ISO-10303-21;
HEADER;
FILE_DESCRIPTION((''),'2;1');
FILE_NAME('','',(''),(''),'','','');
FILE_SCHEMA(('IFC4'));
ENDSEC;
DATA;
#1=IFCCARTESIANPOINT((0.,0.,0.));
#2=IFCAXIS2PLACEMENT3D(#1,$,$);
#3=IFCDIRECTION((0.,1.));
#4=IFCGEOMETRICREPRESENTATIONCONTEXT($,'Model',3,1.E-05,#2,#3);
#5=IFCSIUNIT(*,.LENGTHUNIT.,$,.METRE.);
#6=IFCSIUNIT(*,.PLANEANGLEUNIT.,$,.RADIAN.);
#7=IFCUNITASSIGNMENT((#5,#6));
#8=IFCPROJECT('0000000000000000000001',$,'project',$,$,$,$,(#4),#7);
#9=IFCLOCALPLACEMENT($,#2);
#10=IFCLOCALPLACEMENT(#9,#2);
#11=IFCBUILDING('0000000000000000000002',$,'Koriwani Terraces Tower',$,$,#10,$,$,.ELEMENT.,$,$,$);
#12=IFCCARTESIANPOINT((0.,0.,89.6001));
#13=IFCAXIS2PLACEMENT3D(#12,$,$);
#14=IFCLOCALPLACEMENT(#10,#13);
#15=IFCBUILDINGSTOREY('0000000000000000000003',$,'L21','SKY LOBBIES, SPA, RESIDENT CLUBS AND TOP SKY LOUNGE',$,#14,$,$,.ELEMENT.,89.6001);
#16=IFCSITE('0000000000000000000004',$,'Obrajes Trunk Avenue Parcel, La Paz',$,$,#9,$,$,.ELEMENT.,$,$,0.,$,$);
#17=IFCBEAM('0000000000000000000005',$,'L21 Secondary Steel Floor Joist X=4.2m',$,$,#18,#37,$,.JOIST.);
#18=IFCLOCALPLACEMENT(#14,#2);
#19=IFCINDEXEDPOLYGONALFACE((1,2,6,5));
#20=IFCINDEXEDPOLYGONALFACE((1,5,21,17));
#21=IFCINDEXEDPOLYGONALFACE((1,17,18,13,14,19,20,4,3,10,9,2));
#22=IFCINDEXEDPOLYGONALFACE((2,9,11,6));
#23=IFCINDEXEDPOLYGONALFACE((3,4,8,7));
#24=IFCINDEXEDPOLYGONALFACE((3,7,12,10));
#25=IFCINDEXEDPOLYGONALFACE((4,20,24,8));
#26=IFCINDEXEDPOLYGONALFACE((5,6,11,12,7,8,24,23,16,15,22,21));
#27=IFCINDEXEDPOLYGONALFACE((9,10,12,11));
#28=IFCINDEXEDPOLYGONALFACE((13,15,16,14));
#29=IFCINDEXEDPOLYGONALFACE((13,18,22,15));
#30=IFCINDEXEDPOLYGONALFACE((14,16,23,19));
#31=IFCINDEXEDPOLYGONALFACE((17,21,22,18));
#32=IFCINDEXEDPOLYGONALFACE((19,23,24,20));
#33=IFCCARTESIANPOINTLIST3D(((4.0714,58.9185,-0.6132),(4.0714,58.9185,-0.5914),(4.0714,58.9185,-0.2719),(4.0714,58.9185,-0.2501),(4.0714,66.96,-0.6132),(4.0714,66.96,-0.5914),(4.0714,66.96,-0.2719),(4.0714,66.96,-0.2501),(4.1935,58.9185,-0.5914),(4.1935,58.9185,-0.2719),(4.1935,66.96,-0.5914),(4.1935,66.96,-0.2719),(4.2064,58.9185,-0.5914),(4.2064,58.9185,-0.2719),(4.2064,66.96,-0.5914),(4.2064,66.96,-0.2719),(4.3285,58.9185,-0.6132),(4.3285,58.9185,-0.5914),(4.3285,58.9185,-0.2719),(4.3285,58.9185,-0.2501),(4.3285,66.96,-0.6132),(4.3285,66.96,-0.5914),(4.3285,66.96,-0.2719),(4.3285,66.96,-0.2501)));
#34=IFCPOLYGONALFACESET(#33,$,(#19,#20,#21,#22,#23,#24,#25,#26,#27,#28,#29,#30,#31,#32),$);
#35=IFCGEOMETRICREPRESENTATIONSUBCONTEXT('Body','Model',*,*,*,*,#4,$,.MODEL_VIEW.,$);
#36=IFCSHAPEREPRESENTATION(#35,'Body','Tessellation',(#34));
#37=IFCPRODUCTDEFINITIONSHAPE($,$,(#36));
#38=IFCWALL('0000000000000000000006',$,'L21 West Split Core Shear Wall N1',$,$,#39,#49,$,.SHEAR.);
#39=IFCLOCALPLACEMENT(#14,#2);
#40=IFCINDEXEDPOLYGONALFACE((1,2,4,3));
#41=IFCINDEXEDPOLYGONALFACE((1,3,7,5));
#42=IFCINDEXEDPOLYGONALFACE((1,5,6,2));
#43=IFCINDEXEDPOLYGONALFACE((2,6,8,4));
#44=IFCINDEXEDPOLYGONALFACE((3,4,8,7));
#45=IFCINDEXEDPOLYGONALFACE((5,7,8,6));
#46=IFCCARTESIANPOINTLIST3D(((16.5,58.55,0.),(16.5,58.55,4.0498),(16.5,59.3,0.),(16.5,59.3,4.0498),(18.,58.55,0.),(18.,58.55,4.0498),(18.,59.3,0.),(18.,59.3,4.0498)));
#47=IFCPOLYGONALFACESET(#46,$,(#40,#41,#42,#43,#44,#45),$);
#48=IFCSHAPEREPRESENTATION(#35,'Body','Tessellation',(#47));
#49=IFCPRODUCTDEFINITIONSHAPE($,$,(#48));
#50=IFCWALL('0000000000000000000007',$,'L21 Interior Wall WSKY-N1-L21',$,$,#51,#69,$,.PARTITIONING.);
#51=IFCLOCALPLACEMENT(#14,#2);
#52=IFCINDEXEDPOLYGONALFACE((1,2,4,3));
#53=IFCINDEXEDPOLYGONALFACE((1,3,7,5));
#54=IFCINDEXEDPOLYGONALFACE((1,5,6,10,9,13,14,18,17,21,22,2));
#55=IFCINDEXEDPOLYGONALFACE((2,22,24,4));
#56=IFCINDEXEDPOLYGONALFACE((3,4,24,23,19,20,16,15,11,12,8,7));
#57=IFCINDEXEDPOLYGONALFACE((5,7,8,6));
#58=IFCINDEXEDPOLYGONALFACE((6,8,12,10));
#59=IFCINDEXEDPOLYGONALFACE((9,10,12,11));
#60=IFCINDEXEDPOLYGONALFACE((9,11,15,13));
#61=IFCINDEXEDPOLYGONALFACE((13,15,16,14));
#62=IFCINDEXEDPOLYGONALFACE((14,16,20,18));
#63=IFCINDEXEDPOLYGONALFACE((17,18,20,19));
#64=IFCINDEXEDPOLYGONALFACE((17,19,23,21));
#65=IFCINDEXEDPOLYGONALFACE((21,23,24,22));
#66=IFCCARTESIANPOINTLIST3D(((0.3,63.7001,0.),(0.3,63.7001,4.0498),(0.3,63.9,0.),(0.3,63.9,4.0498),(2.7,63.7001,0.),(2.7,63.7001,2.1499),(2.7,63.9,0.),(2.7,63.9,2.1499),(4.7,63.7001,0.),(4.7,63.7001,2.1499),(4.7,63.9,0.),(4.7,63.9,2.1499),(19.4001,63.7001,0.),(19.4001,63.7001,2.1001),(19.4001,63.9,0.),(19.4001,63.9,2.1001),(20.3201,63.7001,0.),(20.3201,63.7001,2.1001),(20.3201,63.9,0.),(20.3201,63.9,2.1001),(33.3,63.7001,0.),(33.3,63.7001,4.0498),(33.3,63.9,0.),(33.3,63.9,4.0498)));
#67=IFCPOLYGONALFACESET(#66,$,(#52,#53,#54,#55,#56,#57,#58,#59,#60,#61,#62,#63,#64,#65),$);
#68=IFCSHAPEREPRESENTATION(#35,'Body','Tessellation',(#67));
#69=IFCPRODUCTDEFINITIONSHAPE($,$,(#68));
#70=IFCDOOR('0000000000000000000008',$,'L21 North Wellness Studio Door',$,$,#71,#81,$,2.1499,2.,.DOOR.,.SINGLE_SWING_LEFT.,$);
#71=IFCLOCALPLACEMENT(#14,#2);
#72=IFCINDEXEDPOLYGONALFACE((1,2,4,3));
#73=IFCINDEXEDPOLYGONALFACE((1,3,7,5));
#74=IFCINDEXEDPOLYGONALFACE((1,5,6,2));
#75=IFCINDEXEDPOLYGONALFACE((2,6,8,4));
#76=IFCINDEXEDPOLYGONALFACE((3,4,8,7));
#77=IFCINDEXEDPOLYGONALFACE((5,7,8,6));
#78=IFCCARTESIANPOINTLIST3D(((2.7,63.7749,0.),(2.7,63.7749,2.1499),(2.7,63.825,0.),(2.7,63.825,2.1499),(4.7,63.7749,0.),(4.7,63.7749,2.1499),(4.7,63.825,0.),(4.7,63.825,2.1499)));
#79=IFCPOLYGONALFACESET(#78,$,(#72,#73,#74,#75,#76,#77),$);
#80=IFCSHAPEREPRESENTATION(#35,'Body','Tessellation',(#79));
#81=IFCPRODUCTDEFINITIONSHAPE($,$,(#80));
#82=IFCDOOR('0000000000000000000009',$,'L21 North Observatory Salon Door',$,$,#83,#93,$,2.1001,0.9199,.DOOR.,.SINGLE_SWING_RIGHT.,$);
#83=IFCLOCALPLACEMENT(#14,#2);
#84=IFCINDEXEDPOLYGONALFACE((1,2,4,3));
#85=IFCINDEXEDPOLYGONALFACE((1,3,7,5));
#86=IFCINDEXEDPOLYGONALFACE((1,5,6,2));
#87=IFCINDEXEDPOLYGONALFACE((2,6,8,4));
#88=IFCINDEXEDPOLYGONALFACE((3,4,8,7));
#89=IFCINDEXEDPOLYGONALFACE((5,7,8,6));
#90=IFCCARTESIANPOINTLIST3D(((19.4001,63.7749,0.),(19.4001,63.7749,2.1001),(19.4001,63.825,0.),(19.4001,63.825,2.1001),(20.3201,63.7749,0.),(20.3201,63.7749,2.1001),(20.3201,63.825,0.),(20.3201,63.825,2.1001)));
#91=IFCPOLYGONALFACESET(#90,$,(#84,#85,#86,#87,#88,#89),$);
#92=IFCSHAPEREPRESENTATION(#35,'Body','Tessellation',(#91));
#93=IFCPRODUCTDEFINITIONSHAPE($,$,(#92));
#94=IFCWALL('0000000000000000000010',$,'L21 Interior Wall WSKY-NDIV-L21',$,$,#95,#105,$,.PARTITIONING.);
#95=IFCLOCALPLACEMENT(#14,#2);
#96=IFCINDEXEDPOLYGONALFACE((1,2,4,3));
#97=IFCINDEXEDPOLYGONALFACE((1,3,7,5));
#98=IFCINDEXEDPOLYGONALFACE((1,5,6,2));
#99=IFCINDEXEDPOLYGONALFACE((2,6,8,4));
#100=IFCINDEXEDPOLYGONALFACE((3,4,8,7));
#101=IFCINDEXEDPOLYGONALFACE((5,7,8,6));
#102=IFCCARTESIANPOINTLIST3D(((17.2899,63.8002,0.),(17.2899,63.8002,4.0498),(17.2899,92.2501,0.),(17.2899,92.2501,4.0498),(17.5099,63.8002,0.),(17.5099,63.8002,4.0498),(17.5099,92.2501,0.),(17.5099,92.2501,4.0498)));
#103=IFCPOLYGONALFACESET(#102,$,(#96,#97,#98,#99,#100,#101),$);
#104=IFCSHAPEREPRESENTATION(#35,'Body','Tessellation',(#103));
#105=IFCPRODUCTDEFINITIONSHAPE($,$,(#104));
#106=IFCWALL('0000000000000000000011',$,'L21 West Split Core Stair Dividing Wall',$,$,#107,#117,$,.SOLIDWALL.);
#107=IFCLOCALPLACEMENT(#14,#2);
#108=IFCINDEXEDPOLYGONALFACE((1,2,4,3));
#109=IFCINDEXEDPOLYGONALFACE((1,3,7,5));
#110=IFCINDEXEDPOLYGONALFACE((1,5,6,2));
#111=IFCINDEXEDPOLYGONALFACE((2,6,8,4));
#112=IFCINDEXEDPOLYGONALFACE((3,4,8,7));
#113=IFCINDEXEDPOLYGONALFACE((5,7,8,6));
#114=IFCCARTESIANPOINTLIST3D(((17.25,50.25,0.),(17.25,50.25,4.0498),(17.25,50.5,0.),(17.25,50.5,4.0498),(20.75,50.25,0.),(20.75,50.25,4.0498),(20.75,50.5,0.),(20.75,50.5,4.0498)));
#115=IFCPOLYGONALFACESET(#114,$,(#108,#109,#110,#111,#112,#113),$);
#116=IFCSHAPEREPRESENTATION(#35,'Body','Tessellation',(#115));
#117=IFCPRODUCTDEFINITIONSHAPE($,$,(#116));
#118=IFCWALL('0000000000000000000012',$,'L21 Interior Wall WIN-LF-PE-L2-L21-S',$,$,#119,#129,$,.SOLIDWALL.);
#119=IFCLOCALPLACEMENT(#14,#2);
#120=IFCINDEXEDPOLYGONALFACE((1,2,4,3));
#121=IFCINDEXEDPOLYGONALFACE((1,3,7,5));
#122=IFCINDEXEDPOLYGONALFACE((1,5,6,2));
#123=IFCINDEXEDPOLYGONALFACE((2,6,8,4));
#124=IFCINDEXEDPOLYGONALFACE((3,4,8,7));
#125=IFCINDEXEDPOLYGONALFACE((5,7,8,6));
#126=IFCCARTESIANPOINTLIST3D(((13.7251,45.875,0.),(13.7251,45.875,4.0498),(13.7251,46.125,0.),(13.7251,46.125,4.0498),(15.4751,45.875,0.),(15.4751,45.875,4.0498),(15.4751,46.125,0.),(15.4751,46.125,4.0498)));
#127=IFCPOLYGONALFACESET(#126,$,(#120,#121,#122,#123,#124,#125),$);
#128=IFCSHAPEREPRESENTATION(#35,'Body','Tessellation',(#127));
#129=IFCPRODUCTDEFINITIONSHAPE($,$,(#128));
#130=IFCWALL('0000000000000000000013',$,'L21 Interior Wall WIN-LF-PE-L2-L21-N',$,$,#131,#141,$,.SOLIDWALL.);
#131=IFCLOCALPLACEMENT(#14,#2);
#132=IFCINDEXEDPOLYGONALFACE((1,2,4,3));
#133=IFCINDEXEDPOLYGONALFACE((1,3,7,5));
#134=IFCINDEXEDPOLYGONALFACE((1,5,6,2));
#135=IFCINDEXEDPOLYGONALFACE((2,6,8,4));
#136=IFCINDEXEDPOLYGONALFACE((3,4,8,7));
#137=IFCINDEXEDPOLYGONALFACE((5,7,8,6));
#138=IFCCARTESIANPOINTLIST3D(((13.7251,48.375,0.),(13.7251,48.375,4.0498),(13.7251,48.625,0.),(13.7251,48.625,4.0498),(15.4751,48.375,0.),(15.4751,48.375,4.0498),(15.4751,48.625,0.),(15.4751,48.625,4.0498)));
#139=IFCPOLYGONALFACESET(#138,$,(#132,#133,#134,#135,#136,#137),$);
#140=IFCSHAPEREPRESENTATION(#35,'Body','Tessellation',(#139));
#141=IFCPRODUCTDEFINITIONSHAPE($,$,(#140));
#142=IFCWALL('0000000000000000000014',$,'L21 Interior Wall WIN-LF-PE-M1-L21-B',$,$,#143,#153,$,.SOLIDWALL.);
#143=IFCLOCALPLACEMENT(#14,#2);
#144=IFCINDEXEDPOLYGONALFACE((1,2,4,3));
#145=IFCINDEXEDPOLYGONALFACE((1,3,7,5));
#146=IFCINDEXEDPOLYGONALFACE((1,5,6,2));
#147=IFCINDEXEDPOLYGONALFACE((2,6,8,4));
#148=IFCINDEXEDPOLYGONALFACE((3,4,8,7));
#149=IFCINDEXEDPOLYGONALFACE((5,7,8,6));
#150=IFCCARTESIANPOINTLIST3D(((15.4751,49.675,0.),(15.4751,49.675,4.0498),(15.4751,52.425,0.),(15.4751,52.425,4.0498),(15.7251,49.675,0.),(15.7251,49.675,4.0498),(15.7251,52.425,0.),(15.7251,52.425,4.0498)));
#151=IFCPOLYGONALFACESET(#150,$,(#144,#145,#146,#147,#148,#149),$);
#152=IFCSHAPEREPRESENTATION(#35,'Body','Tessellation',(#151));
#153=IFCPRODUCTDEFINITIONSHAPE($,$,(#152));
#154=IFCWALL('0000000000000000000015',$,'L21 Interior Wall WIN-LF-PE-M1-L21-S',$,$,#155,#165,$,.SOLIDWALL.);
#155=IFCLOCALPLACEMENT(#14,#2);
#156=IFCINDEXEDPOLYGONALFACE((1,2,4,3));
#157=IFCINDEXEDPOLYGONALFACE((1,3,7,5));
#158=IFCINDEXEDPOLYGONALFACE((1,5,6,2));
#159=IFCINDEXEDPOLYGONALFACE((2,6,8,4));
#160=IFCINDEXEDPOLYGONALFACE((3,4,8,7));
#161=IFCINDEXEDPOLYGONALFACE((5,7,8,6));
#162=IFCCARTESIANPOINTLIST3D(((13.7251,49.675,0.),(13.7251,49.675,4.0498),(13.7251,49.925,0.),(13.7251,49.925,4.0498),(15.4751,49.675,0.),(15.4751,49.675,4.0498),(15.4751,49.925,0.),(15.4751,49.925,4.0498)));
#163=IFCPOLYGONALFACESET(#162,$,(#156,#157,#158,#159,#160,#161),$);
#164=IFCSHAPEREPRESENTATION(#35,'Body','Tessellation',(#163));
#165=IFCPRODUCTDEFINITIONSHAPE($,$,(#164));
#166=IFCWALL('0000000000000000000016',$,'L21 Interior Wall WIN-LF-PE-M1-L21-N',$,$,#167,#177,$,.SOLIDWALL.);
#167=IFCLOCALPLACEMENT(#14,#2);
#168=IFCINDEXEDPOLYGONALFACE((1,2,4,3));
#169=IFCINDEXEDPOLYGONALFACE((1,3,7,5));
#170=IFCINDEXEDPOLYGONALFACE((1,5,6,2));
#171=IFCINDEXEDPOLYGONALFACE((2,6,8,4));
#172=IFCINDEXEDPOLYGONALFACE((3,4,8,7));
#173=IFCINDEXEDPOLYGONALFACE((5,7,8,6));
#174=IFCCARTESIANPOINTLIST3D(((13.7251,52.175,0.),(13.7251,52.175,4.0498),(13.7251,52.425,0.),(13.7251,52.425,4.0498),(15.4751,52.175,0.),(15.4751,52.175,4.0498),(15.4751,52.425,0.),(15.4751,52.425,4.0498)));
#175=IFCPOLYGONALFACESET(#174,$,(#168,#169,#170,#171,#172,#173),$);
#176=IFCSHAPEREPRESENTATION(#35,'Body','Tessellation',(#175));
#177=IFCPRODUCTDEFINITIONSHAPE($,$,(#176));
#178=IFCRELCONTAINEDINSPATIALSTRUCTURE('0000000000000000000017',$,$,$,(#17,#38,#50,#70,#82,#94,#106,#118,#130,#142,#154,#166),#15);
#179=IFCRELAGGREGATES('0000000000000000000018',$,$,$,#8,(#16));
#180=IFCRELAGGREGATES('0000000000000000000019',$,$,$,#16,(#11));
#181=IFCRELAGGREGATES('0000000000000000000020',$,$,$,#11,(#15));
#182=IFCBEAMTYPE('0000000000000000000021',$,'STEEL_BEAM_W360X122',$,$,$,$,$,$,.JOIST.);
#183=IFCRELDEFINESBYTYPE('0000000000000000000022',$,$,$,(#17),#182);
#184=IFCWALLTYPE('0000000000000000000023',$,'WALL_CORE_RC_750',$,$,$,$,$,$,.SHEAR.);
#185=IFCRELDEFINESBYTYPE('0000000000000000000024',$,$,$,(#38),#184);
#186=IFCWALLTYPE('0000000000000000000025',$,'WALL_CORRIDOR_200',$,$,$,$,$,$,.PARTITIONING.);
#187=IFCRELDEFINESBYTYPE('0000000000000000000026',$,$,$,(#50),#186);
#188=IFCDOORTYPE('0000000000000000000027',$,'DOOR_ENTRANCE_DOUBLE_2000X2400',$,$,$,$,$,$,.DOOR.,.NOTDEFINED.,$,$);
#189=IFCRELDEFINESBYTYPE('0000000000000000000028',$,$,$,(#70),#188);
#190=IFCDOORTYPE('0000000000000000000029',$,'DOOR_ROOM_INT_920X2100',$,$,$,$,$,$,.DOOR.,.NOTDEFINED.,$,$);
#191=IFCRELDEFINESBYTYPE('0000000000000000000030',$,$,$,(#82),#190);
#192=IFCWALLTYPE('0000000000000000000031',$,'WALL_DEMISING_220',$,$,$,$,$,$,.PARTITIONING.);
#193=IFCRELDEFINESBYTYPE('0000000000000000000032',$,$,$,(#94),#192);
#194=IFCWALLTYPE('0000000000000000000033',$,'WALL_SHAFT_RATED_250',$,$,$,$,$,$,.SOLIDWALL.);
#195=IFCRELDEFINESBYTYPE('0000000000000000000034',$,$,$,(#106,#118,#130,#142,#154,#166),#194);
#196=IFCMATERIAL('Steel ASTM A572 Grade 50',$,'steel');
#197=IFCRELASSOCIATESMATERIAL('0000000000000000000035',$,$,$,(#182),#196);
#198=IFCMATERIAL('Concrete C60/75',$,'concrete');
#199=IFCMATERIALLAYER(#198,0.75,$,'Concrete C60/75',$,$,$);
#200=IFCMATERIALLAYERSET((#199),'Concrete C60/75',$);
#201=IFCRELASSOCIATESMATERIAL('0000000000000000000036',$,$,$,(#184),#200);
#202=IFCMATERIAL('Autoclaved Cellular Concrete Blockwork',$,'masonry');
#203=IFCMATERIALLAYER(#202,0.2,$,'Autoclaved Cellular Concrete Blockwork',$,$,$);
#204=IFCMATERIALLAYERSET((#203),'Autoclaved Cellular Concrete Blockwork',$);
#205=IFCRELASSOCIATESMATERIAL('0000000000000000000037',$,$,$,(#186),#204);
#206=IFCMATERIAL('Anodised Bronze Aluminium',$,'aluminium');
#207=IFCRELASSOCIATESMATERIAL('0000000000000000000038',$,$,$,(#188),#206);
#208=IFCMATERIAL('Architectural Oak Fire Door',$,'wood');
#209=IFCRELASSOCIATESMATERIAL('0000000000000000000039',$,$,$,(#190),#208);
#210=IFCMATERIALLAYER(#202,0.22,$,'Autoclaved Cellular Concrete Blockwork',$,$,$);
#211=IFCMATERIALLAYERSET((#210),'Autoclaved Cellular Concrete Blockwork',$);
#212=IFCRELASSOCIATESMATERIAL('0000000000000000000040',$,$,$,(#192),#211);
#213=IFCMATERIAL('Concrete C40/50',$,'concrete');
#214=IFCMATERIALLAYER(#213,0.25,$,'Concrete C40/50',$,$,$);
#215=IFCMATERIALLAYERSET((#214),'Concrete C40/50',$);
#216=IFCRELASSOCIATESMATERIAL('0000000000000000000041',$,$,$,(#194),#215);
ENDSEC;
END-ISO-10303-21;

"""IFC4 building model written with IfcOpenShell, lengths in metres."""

from ifc_helpers import new_model, si_unit, direction, frame, frame_2d, origin, origin_2d, place, context, subcontext, project, spatial, rectangle, i_section, extrude, material, layer, layer_set, material_profile, profile_set, type_object, element, fill, save


model = new_model("IFC4")

# Units and contexts
model_context = context("Model", 3, precision=1e-05, world=origin(), true_north=direction((0.0, 1.0)))
body_context = subcontext(model_context, "Body", "Model", "MODEL_VIEW")
ifc_project = project(units=[si_unit("LENGTHUNIT", "METRE"), si_unit("PLANEANGLEUNIT", "RADIAN")], contexts=[model_context])

# Site, building, storey
site_placement = place(None, origin())
site = spatial("IfcSite", under=ifc_project, at=site_placement, Name="Obrajes Trunk Avenue Parcel, La Paz", CompositionType="ELEMENT", RefElevation=0.0)
building_placement = place(site_placement, origin())
building = spatial("IfcBuilding", under=site, at=building_placement, Name="Koriwani Terraces Tower", CompositionType="ELEMENT")
storey_placement = place(building_placement, frame((0.0, 0.0, 89.6001)))
storey = spatial("IfcBuildingStorey", under=building, at=storey_placement, Name="L21", Description="SKY LOBBIES, SPA, RESIDENT CLUBS AND TOP SKY LOUNGE", CompositionType="ELEMENT", Elevation=89.6001)

# Shared definitions
ifc_material_1 = material(Name="Concrete C60/75", Category="concrete")

# Beam
ifc_material_2 = material(Name="Concrete C40/50", Category="concrete")
ifc_material_3 = material(Name="Steel ASTM A572 Grade 50", Category="steel")
ifc_material_profile_1 = material_profile(ifc_material_3, i_section(OverallWidth=0.2571, OverallDepth=0.363, WebThickness=0.0129, FlangeThickness=0.0217, at=origin_2d()), Name="Steel ASTM A572 Grade 50", Category="LoadBearing")
ifc_profile_set_1 = profile_set([ifc_material_profile_1], Name="Steel ASTM A572 Grade 50")
beam_type_1 = type_object("IfcBeamType", Name="STEEL_BEAM_W360X122", PredefinedType="JOIST", material=ifc_profile_set_1)
beam_1_placement = place(storey_placement, frame((4.2, 58.9185, -0.4316), z_axis=(0.0, 1.0, 0.0), x_axis=(-1.0, 0.0, 0.0)))
element("IfcBeam", 1, at=beam_1_placement, inside=storey, type_object=beam_type_1, Name="L21 Secondary Steel Floor Joist X=4.2m", PredefinedType="JOIST", context=body_context, shape_type="SweptSolid", body=[
    extrude(i_section(OverallWidth=0.2571, OverallDepth=0.363, WebThickness=0.0129, FlangeThickness=0.0217, at=origin_2d()), origin(), (0.0, 0.0, 1.0), 8.0415),
])

# Wall
ifc_layer_1 = layer(ifc_material_1, 0.75, Name="Concrete C60/75")
ifc_layer_set_1 = layer_set([ifc_layer_1], Name="Concrete C60/75")
wall_type_1 = type_object("IfcWallType", Name="WALL_CORE_RC_750", PredefinedType="SHEAR", material=ifc_layer_set_1)
wall_1_placement = place(storey_placement, frame((16.5, 58.925, 0.0), z_axis=(0.0, 0.0, 1.0), x_axis=(1.0, 0.0, 0.0)))
element("IfcWall", 2, at=wall_1_placement, inside=storey, type_object=wall_type_1, Name="L21 West Split Core Shear Wall N1", PredefinedType="SHEAR", context=body_context, shape_type="SweptSolid", body=[
    extrude(rectangle(XDim=1.5, YDim=0.75, at=frame_2d((0.75, 0.0))), origin(), (0.0, 0.0, 1.0), 4.0498),
])

# Wall, openings, doors
ifc_material_4 = material(Name="Autoclaved Cellular Concrete Blockwork", Category="masonry")
ifc_layer_2 = layer(ifc_material_4, 0.2, Name="Autoclaved Cellular Concrete Blockwork")
ifc_layer_set_2 = layer_set([ifc_layer_2], Name="Autoclaved Cellular Concrete Blockwork")
wall_type_2 = type_object("IfcWallType", Name="WALL_CORRIDOR_200", PredefinedType="PARTITIONING", material=ifc_layer_set_2)
wall_2_placement = place(storey_placement, frame((0.3, 63.8, 0.0), z_axis=(0.0, 0.0, 1.0), x_axis=(1.0, 0.0, 0.0)))
wall_2 = element("IfcWall", 3, at=wall_2_placement, inside=storey, type_object=wall_type_2, Name="L21 Interior Wall WSKY-N1-L21", PredefinedType="PARTITIONING", context=body_context, shape_type="SweptSolid", body=[
    extrude(rectangle(XDim=33.0, YDim=0.2, at=frame_2d((16.5, 0.0))), origin(), (0.0, 0.0, 1.0), 4.0498),
])
opening_1_placement = place(wall_2_placement, frame((2.3999, 0.0, 0.0)))
opening_1 = element("IfcOpeningElement", 4, at=opening_1_placement, cuts=wall_2, PredefinedType="OPENING", context=body_context, shape_type="SweptSolid", body=[
    extrude(rectangle(XDim=2.0, YDim=2.1499, at=frame_2d((1.0, 1.075))), frame((0.0, 0.1099, 0.0), z_axis=(0.0, -1.0, 0.0), x_axis=(1.0, 0.0, 0.0)), (0.0, 0.0, 1.0), 0.22),
])
opening_2_placement = place(wall_2_placement, frame((19.1001, 0.0, 0.0)))
opening_2 = element("IfcOpeningElement", 5, at=opening_2_placement, cuts=wall_2, PredefinedType="OPENING", context=body_context, shape_type="SweptSolid", body=[
    extrude(rectangle(XDim=0.9199, YDim=2.1001, at=frame_2d((0.46, 1.05))), frame((0.0, 0.1099, 0.0), z_axis=(0.0, -1.0, 0.0), x_axis=(1.0, 0.0, 0.0)), (0.0, 0.0, 1.0), 0.22),
])
ifc_material_5 = material(Name="Anodised Bronze Aluminium", Category="aluminium")
door_type_1 = type_object("IfcDoorType", Name="DOOR_ENTRANCE_DOUBLE_2000X2400", OperationType="NOTDEFINED", PredefinedType="DOOR", material=ifc_material_5)
door_1_placement = place(opening_1_placement, origin())
door_1 = element("IfcDoor", 6, at=door_1_placement, inside=storey, type_object=door_type_1, Name="L21 North Wellness Studio Door", OperationType="SINGLE_SWING_LEFT", OverallHeight=2.1499, OverallWidth=2.0, PredefinedType="DOOR", context=body_context, shape_type="SweptSolid", body=[
    extrude(rectangle(XDim=2.0, YDim=2.1499, at=frame_2d((1.0, 1.075))), frame((0.0, 0.0249, 0.0), z_axis=(0.0, -1.0, 0.0), x_axis=(1.0, 0.0, 0.0)), (0.0, 0.0, 1.0), 0.05),
])
fill(opening_1, door_1)
ifc_material_6 = material(Name="Architectural Oak Fire Door", Category="wood")
door_type_2 = type_object("IfcDoorType", Name="DOOR_ROOM_INT_920X2100", OperationType="NOTDEFINED", PredefinedType="DOOR", material=ifc_material_6)
door_2_placement = place(opening_2_placement, origin())
door_2 = element("IfcDoor", 7, at=door_2_placement, inside=storey, type_object=door_type_2, Name="L21 North Observatory Salon Door", OperationType="SINGLE_SWING_RIGHT", OverallHeight=2.1001, OverallWidth=0.9199, PredefinedType="DOOR", context=body_context, shape_type="SweptSolid", body=[
    extrude(rectangle(XDim=0.9199, YDim=2.1001, at=frame_2d((0.46, 1.05))), frame((0.0, 0.0249, 0.0), z_axis=(0.0, -1.0, 0.0), x_axis=(1.0, 0.0, 0.0)), (0.0, 0.0, 1.0), 0.05),
])
fill(opening_2, door_2)

# Walls
ifc_layer_3 = layer(ifc_material_4, 0.22, Name="Autoclaved Cellular Concrete Blockwork")
ifc_layer_set_3 = layer_set([ifc_layer_3], Name="Autoclaved Cellular Concrete Blockwork")
wall_type_3 = type_object("IfcWallType", Name="WALL_DEMISING_220", PredefinedType="PARTITIONING", material=ifc_layer_set_3)
wall_3_placement = place(storey_placement, frame((17.3999, 63.8, 0.0), z_axis=(0.0, 0.0, 1.0), x_axis=(0.0, 1.0, 0.0)))
element("IfcWall", 8, at=wall_3_placement, inside=storey, type_object=wall_type_3, Name="L21 Interior Wall WSKY-NDIV-L21", PredefinedType="PARTITIONING", context=body_context, shape_type="SweptSolid", body=[
    extrude(rectangle(XDim=28.45, YDim=0.22, at=frame_2d((14.2251, 0.0))), origin(), (0.0, 0.0, 1.0), 4.0498),
])
ifc_layer_4 = layer(ifc_material_2, 0.25, Name="Concrete C40/50")
ifc_layer_set_4 = layer_set([ifc_layer_4], Name="Concrete C40/50")
wall_type_4 = type_object("IfcWallType", Name="WALL_SHAFT_RATED_250", PredefinedType="SOLIDWALL", material=ifc_layer_set_4)
wall_4_placement = place(storey_placement, frame((17.25, 50.375, 0.0), z_axis=(0.0, 0.0, 1.0), x_axis=(1.0, 0.0, 0.0)))
element("IfcWall", 9, at=wall_4_placement, inside=storey, type_object=wall_type_4, Name="L21 West Split Core Stair Dividing Wall", PredefinedType="SOLIDWALL", context=body_context, shape_type="SweptSolid", body=[
    extrude(rectangle(XDim=3.5, YDim=0.25, at=frame_2d((1.75, 0.0))), origin(), (0.0, 0.0, 1.0), 4.0498),
])
for number, where, z_axis, x_axis, name in (
    (10, (13.7251, 46.0, 0.0), (0.0, 0.0, 1.0), (1.0, 0.0, 0.0), "L21 Interior Wall WIN-LF-PE-L2-L21-S"),
    (11, (13.7251, 48.5, 0.0), (0.0, 0.0, 1.0), (1.0, 0.0, 0.0), "L21 Interior Wall WIN-LF-PE-L2-L21-N"),
):
    element("IfcWall", number, at=place(storey_placement, frame(where, z_axis=z_axis, x_axis=x_axis)), inside=storey, type_object=wall_type_4, Name=name, PredefinedType="SOLIDWALL", context=body_context, shape_type="SweptSolid", body=[
        extrude(rectangle(XDim=1.75, YDim=0.25, at=frame_2d((0.875, 0.0))), origin(), (0.0, 0.0, 1.0), 4.0498),
    ])

# Walls
wall_5_placement = place(storey_placement, frame((15.6001, 49.675, 0.0), z_axis=(0.0, 0.0, 1.0), x_axis=(0.0, 1.0, 0.0)))
element("IfcWall", 12, at=wall_5_placement, inside=storey, type_object=wall_type_4, Name="L21 Interior Wall WIN-LF-PE-M1-L21-B", PredefinedType="SOLIDWALL", context=body_context, shape_type="SweptSolid", body=[
    extrude(rectangle(XDim=2.75, YDim=0.25, at=frame_2d((1.375, 0.0))), origin(), (0.0, 0.0, 1.0), 4.0498),
])
for number, where, z_axis, x_axis, name in (
    (13, (13.7251, 49.8, 0.0), (0.0, 0.0, 1.0), (1.0, 0.0, 0.0), "L21 Interior Wall WIN-LF-PE-M1-L21-S"),
    (14, (13.7251, 52.3, 0.0), (0.0, 0.0, 1.0), (1.0, 0.0, 0.0), "L21 Interior Wall WIN-LF-PE-M1-L21-N"),
):
    element("IfcWall", number, at=place(storey_placement, frame(where, z_axis=z_axis, x_axis=x_axis)), inside=storey, type_object=wall_type_4, Name=name, PredefinedType="SOLIDWALL", context=body_context, shape_type="SweptSolid", body=[
        extrude(rectangle(XDim=1.75, YDim=0.25, at=frame_2d((0.875, 0.0))), origin(), (0.0, 0.0, 1.0), 4.0498),
    ])

save(model, "model.ifc")
